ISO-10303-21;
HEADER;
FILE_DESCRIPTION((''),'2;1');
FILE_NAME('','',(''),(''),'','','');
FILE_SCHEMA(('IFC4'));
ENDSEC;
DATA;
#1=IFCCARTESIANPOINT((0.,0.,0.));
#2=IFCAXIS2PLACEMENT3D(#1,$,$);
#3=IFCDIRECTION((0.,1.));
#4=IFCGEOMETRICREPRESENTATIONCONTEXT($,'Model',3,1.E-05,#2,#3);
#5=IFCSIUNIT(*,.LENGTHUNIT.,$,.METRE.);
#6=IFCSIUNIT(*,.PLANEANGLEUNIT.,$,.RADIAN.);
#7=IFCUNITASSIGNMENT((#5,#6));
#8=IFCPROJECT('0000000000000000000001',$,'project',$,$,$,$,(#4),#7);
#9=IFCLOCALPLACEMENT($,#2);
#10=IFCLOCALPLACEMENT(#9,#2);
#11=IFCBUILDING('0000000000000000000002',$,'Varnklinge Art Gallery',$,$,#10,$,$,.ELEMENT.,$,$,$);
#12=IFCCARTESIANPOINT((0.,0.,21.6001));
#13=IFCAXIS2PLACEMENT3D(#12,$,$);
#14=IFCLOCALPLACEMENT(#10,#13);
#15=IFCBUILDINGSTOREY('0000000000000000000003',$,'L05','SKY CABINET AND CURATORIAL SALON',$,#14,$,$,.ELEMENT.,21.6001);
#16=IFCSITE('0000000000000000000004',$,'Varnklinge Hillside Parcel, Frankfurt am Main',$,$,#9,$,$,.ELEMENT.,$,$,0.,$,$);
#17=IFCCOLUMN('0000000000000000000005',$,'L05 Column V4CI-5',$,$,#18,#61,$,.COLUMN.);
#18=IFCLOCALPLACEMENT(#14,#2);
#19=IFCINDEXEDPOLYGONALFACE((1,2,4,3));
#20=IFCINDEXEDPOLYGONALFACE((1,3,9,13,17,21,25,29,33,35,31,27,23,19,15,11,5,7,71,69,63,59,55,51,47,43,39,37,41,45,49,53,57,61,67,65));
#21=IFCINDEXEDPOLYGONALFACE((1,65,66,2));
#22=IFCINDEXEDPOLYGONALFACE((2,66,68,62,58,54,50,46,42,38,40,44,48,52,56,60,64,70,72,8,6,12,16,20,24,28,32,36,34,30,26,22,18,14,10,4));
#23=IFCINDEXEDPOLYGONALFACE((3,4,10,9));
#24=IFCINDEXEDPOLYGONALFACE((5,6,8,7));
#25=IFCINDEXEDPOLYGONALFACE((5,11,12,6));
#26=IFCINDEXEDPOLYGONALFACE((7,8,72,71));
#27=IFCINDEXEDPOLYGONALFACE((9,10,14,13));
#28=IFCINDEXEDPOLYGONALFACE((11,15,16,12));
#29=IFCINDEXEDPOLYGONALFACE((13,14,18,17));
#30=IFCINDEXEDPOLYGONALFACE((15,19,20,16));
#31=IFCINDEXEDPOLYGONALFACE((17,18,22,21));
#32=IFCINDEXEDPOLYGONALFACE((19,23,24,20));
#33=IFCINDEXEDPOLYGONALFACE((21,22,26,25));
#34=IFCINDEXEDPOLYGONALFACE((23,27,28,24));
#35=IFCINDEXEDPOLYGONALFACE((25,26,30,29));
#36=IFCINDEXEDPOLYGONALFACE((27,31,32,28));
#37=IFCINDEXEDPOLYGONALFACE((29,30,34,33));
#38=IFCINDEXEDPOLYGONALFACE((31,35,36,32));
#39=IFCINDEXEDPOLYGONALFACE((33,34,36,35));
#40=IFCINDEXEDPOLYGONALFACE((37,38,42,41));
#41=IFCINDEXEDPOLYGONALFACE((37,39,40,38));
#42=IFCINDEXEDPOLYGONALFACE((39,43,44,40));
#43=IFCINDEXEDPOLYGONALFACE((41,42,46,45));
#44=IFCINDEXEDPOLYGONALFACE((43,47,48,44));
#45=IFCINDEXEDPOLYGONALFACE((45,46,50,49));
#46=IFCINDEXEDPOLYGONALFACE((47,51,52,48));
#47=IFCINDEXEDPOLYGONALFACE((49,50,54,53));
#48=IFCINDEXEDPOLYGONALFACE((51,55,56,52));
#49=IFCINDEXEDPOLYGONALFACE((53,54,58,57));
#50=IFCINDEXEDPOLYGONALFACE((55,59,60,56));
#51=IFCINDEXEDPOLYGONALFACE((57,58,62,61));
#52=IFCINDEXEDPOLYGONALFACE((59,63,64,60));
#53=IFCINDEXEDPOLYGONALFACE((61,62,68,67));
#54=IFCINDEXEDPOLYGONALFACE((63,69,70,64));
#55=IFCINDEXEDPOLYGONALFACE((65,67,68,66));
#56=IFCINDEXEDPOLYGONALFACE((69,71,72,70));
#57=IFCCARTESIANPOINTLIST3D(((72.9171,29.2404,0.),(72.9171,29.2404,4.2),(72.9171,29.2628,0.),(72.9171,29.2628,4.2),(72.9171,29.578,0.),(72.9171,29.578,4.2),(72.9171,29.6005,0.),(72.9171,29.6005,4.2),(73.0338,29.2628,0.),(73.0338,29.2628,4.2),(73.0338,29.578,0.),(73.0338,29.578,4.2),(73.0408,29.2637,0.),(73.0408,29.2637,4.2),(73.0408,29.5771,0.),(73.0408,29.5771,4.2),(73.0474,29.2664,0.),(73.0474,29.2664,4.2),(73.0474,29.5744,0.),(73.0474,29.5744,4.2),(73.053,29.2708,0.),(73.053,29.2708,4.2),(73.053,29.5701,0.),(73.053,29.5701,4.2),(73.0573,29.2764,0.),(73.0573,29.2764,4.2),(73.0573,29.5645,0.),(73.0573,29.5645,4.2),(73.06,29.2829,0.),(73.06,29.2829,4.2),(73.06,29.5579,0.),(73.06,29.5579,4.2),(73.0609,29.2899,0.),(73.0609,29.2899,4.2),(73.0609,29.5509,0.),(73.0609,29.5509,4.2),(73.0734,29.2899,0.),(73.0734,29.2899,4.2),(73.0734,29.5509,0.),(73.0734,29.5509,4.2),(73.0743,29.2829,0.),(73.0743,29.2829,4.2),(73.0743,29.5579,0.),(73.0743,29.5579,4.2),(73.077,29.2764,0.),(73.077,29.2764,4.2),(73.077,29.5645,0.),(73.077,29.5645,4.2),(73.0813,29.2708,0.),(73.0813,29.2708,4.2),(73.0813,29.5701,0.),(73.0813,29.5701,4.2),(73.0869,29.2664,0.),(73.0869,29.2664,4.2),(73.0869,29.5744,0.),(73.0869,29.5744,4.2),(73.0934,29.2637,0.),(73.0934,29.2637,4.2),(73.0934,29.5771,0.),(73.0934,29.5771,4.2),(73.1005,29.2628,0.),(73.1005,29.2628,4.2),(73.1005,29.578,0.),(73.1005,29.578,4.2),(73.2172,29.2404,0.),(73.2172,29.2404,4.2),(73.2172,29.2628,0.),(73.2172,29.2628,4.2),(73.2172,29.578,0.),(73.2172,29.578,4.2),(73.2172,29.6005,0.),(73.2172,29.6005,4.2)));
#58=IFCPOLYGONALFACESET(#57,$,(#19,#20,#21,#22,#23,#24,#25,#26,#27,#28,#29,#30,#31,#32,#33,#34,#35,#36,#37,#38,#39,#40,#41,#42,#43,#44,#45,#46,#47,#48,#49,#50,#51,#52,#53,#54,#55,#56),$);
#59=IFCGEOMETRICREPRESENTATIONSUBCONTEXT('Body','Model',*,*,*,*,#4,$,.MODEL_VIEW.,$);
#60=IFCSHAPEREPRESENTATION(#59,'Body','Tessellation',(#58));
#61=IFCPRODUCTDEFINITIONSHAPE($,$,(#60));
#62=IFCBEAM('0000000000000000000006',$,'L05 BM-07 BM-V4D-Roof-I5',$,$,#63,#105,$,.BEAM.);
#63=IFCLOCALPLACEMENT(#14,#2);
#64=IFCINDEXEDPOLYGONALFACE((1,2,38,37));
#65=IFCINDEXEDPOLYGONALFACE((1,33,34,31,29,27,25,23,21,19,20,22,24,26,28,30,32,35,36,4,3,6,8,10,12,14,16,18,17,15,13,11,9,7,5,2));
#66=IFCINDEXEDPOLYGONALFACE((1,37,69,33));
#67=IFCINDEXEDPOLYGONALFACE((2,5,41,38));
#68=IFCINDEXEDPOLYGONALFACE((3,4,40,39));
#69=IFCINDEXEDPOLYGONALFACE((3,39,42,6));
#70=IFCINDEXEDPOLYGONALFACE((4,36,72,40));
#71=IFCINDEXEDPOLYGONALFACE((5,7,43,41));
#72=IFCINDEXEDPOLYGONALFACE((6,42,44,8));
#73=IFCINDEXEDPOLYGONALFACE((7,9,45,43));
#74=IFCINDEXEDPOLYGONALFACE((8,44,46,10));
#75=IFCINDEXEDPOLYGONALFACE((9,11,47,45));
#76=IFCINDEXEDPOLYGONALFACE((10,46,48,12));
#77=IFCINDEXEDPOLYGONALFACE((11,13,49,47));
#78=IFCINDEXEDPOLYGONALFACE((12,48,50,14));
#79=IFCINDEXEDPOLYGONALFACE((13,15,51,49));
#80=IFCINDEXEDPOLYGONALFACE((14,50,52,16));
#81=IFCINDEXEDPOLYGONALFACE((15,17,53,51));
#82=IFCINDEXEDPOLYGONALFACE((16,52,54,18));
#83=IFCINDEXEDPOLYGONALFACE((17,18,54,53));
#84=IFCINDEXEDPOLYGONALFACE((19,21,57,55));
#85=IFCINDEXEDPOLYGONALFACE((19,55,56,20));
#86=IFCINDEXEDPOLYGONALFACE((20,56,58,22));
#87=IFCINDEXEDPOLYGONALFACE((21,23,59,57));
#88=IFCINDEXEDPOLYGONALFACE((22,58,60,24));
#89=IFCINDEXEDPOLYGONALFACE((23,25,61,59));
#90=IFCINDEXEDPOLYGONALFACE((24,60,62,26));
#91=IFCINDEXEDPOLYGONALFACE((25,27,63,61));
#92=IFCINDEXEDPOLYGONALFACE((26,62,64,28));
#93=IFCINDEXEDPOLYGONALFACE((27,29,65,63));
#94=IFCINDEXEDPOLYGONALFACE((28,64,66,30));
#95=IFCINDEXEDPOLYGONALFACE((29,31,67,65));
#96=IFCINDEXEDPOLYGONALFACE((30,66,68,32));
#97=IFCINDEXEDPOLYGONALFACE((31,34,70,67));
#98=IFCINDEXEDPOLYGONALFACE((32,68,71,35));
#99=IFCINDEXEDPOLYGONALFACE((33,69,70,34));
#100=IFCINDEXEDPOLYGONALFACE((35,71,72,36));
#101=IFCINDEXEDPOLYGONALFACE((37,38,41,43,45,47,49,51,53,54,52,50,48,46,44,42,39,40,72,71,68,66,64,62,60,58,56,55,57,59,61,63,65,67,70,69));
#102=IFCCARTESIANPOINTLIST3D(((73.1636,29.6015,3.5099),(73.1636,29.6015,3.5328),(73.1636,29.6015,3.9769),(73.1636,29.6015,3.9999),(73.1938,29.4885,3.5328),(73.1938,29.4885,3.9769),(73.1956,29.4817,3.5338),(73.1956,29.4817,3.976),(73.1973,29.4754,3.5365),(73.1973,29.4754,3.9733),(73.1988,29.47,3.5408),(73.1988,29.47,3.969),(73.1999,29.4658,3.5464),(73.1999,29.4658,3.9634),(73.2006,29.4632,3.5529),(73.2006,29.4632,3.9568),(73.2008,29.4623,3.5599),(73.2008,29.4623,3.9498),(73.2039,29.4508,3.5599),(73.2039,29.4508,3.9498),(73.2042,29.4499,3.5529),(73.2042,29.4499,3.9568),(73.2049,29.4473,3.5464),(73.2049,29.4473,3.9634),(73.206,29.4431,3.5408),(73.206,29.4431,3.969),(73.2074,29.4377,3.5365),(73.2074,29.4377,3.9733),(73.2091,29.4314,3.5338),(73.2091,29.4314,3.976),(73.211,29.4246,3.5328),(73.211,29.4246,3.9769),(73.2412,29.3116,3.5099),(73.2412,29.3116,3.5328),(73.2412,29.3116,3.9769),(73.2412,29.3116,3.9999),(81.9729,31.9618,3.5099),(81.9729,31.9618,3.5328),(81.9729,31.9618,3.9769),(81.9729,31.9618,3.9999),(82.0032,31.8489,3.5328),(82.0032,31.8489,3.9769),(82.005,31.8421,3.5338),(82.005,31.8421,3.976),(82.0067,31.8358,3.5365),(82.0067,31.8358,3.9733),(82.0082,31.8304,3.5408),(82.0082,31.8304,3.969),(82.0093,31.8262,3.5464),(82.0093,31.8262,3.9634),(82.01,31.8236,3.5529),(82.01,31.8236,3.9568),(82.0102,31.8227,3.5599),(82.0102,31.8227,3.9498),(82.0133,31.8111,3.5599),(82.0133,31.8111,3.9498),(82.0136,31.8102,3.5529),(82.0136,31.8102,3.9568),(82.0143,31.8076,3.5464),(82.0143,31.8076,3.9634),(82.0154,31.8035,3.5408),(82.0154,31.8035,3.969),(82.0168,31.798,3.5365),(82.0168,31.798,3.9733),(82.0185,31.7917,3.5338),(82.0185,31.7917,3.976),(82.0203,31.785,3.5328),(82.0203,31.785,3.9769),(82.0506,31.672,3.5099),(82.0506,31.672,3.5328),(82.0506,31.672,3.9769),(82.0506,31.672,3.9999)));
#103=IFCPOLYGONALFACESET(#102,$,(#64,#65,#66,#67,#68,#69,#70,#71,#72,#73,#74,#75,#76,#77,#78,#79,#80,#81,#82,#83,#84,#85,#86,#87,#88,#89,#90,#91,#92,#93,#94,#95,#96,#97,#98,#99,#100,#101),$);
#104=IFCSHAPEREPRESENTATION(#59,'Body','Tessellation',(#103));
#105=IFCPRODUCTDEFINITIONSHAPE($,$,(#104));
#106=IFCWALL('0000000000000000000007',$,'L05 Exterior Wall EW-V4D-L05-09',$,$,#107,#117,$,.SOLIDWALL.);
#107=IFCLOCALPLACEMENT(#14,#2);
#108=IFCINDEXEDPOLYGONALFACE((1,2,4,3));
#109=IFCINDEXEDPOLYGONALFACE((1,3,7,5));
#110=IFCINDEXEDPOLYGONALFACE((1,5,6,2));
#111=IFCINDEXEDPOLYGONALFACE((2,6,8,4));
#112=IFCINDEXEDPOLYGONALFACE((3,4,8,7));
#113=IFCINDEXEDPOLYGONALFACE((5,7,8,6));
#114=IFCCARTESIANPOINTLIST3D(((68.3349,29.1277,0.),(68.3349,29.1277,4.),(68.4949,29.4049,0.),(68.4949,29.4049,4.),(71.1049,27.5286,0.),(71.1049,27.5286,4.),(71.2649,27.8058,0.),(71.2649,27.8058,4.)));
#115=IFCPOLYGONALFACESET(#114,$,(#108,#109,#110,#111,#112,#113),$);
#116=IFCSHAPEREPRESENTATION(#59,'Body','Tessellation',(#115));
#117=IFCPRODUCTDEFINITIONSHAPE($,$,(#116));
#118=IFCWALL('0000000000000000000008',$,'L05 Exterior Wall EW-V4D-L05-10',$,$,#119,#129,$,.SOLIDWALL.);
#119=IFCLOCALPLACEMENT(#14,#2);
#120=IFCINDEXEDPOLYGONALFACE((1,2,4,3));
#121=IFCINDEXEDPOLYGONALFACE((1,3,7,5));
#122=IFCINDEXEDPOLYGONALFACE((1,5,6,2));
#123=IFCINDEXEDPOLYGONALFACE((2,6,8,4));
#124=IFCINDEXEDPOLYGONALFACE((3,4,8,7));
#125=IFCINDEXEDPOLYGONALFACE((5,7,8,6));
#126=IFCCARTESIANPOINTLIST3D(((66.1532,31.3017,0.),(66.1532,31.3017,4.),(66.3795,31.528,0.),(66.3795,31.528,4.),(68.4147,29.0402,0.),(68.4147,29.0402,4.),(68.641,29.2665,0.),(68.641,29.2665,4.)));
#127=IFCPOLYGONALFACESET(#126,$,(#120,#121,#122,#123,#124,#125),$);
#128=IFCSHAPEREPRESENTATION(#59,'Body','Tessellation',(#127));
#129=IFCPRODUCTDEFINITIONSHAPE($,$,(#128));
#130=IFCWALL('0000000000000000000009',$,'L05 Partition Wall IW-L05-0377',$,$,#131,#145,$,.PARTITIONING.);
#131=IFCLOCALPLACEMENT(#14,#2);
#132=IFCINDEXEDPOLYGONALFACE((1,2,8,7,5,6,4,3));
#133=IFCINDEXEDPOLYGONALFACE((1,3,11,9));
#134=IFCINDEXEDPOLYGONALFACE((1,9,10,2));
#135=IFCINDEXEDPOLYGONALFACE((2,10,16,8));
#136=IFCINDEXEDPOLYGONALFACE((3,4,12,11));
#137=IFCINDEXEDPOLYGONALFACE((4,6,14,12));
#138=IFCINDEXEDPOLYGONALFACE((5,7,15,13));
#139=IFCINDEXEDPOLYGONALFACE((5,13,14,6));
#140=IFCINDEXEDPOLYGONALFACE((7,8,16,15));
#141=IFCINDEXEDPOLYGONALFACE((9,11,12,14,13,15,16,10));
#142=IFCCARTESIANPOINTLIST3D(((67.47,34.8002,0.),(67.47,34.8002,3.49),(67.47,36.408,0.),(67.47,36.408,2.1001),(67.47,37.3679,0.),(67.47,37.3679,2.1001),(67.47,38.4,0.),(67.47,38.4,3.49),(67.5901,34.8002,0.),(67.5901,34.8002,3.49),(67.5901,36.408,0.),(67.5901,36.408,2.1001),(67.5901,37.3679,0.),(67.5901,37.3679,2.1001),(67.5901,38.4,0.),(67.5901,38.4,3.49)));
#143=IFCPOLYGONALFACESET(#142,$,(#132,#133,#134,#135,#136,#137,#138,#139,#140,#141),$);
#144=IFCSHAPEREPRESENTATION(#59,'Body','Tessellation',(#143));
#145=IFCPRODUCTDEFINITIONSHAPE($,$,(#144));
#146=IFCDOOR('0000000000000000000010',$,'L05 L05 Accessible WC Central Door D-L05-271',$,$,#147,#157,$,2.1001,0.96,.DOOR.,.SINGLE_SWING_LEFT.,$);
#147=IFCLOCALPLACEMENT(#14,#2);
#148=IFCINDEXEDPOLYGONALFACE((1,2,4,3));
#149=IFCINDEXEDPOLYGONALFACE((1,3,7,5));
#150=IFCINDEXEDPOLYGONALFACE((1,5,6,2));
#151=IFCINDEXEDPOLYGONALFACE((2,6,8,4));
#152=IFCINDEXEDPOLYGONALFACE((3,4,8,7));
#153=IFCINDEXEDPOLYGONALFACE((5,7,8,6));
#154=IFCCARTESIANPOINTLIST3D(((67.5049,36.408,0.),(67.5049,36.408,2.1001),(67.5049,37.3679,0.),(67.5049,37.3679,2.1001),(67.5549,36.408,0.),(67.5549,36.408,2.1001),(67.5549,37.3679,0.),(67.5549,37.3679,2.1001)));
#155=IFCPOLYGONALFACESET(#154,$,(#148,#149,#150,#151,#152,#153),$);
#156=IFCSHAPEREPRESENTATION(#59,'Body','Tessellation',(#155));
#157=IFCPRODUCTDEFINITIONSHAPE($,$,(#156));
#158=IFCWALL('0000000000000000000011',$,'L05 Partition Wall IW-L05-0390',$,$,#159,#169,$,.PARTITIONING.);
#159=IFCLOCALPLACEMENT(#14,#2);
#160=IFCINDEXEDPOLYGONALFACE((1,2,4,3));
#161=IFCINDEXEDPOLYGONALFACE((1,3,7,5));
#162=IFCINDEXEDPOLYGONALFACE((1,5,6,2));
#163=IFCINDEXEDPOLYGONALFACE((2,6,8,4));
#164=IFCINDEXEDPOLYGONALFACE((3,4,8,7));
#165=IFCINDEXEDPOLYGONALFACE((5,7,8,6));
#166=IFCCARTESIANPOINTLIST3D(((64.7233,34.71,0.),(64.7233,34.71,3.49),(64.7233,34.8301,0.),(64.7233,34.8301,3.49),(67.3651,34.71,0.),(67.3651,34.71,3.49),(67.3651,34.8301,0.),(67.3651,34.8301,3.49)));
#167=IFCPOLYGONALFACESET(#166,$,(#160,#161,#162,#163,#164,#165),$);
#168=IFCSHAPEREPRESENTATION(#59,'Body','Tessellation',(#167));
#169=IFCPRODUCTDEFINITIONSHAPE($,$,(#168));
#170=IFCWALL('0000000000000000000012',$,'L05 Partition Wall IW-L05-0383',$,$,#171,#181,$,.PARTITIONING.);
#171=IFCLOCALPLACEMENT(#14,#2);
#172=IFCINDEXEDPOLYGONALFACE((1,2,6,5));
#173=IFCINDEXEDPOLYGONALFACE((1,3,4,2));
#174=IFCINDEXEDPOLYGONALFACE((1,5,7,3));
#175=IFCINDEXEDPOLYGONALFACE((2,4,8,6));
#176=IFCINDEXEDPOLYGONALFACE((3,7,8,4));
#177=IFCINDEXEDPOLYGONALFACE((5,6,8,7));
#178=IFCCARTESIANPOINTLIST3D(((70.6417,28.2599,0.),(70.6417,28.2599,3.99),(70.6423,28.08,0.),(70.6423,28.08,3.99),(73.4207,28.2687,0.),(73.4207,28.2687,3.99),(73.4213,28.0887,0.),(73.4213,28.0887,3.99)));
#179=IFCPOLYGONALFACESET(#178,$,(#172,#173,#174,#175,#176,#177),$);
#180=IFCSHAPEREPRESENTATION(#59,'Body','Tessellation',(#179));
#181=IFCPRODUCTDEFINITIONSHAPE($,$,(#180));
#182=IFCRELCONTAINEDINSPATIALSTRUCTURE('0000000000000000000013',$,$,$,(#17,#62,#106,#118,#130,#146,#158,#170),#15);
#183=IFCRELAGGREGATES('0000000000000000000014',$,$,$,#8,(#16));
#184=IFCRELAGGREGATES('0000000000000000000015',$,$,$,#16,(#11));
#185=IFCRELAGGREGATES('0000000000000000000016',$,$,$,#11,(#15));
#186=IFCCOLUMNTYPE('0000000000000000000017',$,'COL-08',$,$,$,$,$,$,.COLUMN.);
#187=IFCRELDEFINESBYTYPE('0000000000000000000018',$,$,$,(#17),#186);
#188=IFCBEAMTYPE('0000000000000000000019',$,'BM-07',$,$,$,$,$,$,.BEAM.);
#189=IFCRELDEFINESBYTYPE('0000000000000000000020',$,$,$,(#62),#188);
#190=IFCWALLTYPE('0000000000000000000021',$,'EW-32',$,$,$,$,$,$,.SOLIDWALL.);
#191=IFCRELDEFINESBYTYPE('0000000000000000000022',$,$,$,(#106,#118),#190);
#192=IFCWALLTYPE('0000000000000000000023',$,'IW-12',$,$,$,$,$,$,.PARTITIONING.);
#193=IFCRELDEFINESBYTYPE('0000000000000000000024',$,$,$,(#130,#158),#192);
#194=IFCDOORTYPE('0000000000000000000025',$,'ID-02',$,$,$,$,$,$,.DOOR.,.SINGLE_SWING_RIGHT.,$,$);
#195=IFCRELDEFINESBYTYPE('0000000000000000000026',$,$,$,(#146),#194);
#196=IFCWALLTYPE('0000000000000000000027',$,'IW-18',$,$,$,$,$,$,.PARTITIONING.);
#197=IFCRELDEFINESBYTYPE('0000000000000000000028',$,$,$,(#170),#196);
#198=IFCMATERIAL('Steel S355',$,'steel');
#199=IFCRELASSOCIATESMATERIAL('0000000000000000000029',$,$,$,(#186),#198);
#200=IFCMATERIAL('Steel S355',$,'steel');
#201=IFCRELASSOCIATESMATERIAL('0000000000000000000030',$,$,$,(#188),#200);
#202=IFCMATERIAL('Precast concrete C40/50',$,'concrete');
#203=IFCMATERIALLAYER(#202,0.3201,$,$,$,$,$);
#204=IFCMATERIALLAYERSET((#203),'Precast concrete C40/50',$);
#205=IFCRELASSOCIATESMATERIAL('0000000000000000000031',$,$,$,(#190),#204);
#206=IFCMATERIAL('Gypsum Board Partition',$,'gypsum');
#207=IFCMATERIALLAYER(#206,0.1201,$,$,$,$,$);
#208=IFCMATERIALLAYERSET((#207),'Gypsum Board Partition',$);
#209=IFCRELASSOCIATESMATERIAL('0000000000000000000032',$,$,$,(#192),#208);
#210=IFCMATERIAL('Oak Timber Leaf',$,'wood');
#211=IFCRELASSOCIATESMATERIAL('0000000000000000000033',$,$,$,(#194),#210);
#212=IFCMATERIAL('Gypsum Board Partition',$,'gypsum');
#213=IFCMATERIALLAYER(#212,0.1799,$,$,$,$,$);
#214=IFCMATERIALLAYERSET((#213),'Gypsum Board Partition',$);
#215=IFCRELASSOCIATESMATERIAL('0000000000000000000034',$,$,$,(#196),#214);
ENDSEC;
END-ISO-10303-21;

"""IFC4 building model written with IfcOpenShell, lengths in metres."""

from ifc_helpers import new_model, si_unit, direction, frame, frame_2d, origin, origin_2d, place, context, subcontext, project, spatial, rectangle, i_section, extrude, material, layer, layer_set, material_profile, profile_set, type_object, element, fill, save


model = new_model("IFC4")

# Units and contexts
model_context = context("Model", 3, precision=1e-05, world=origin(), true_north=direction((0.0, 1.0)))
body_context = subcontext(model_context, "Body", "Model", "MODEL_VIEW")
ifc_project = project(units=[si_unit("LENGTHUNIT", "METRE"), si_unit("PLANEANGLEUNIT", "RADIAN")], contexts=[model_context])

# Site, building, storey
site_placement = place(None, origin())
site = spatial("IfcSite", under=ifc_project, at=site_placement, Name="Varnklinge Hillside Parcel, Frankfurt am Main", CompositionType="ELEMENT", RefElevation=0.0)
building_placement = place(site_placement, origin())
building = spatial("IfcBuilding", under=site, at=building_placement, Name="Varnklinge Art Gallery", CompositionType="ELEMENT")
storey_placement = place(building_placement, frame((0.0, 0.0, 21.6001)))
storey = spatial("IfcBuildingStorey", under=building, at=storey_placement, Name="L05", Description="SKY CABINET AND CURATORIAL SALON", CompositionType="ELEMENT", Elevation=21.6001)

# Column
ifc_material_1 = material(Name="Steel S355", Category="steel")
ifc_material_profile_1 = material_profile(ifc_material_1, i_section(OverallWidth=0.3, OverallDepth=0.3601, WebThickness=0.0125, FlangeThickness=0.0225, FilletRadius=0.0271, at=origin_2d()), Name="HEB 360")
ifc_profile_set_1 = profile_set([ifc_material_profile_1], Name="Steel S355")
column_type = type_object("IfcColumnType", Name="COL-08", PredefinedType="COLUMN", material=ifc_profile_set_1)
column_placement = place(storey_placement, frame((73.0671, 29.4204, 0.0), z_axis=(0.0, 0.0, 1.0), x_axis=(1.0, 0.0, 0.0)))
element("IfcColumn", 1, at=column_placement, inside=storey, type_object=column_type, Name="L05 Column V4CI-5", PredefinedType="COLUMN", context=body_context, shape_type="SweptSolid", body=[
    extrude(i_section(OverallWidth=0.3, OverallDepth=0.3601, WebThickness=0.0125, FlangeThickness=0.0225, FilletRadius=0.0271, at=origin_2d()), origin(), (0.0, 0.0, 1.0), 4.2),
])

# Beam
ifc_material_2 = material(Name="Steel S355", Category="steel")
ifc_material_profile_2 = material_profile(ifc_material_2, i_section(OverallWidth=0.3, OverallDepth=0.49, WebThickness=0.012, FlangeThickness=0.0229, FilletRadius=0.0271, at=origin_2d()), Name="HEA 500")
ifc_profile_set_2 = profile_set([ifc_material_profile_2], Name="Steel S355")
beam_type = type_object("IfcBeamType", Name="BM-07", PredefinedType="BEAM", material=ifc_profile_set_2)
beam_placement = place(storey_placement, frame((73.2024, 29.4565, 3.7549), z_axis=(0.965929, 0.258809, 0.0), x_axis=(-0.258809, 0.965929, 0.0)))
element("IfcBeam", 2, at=beam_placement, inside=storey, type_object=beam_type, Name="L05 BM-07 BM-V4D-Roof-I5", PredefinedType="BEAM", context=body_context, shape_type="SweptSolid", body=[
    extrude(i_section(OverallWidth=0.3, OverallDepth=0.49, WebThickness=0.012, FlangeThickness=0.0229, FilletRadius=0.0271, at=origin_2d()), origin(), (0.0, 0.0, 1.0), 9.1201),
])

# Walls
ifc_material_3 = material(Name="Precast concrete C40/50", Category="concrete")
ifc_layer_1 = layer(ifc_material_3, 0.3201)
ifc_layer_set_1 = layer_set([ifc_layer_1], Name="Precast concrete C40/50")
wall_type_1 = type_object("IfcWallType", Name="EW-32", PredefinedType="SOLIDWALL", material=ifc_layer_set_1)
wall_1_placement = place(storey_placement, frame((71.1848, 27.6672, 0.0), z_axis=(0.0, 0.0, 1.0), x_axis=(-0.866046, 0.499965, 0.0)))
element("IfcWall", 3, at=wall_1_placement, inside=storey, type_object=wall_type_1, Name="L05 Exterior Wall EW-V4D-L05-09", PredefinedType="SOLIDWALL", context=body_context, shape_type="SweptSolid", body=[
    extrude(rectangle(XDim=3.1985, YDim=0.3201, at=frame_2d((1.5991, 0.0))), origin(), (0.0, 0.0, 1.0), 4.0),
])
wall_2_placement = place(storey_placement, frame((68.5278, 29.1533, 0.0), z_axis=(0.0, 0.0, 1.0), x_axis=(-0.707107, 0.707107, 0.0)))
element("IfcWall", 4, at=wall_2_placement, inside=storey, type_object=wall_type_1, Name="L05 Exterior Wall EW-V4D-L05-10", PredefinedType="SOLIDWALL", context=body_context, shape_type="SweptSolid", body=[
    extrude(rectangle(XDim=3.1982, YDim=0.3201, at=frame_2d((1.5991, 0.0))), origin(), (0.0, 0.0, 1.0), 4.0),
])

# Wall, opening, door
ifc_material_4 = material(Name="Gypsum Board Partition", Category="gypsum")
ifc_layer_2 = layer(ifc_material_4, 0.1201)
ifc_layer_set_2 = layer_set([ifc_layer_2], Name="Gypsum Board Partition")
wall_type_2 = type_object("IfcWallType", Name="IW-12", PredefinedType="PARTITIONING", material=ifc_layer_set_2)
wall_3_placement = place(storey_placement, frame((67.53, 38.3999, 0.0), z_axis=(0.0, 0.0, 1.0), x_axis=(0.0, -1.0, 0.0)))
wall_3 = element("IfcWall", 5, at=wall_3_placement, inside=storey, type_object=wall_type_2, Name="L05 Partition Wall IW-L05-0377", PredefinedType="PARTITIONING", context=body_context, shape_type="SweptSolid", body=[
    extrude(rectangle(XDim=3.5999, YDim=0.1201, at=frame_2d((1.7998, 0.0))), origin(), (0.0, 0.0, 1.0), 3.49),
])
opening_1_placement = place(wall_3_placement, frame((1.032, 0.0, 0.0)))
opening_1 = element("IfcOpeningElement", 6, at=opening_1_placement, cuts=wall_3, PredefinedType="OPENING", context=body_context, shape_type="SweptSolid", body=[
    extrude(rectangle(XDim=0.96, YDim=2.1001, at=frame_2d((0.48, 1.05))), frame((0.0, 0.0701, 0.0), z_axis=(0.0, -1.0, 0.0), x_axis=(1.0, 0.0, 0.0)), (0.0, 0.0, 1.0), 0.1401),
])
ifc_material_5 = material(Name="Oak Timber Leaf", Category="wood")
door_type_1 = type_object("IfcDoorType", Name="ID-02", OperationType="SINGLE_SWING_RIGHT", PredefinedType="DOOR", material=ifc_material_5)
door_1_placement = place(opening_1_placement, origin())
door_1 = element("IfcDoor", 7, at=door_1_placement, inside=storey, type_object=door_type_1, Name="L05 L05 Accessible WC Central Door D-L05-271", OperationType="SINGLE_SWING_LEFT", OverallHeight=2.1001, OverallWidth=0.96, PredefinedType="DOOR", context=body_context, shape_type="SweptSolid", body=[
    extrude(rectangle(XDim=0.96, YDim=2.1001, at=frame_2d((0.48, 1.05))), frame((0.0, 0.0249, 0.0), z_axis=(0.0, -1.0, 0.0), x_axis=(1.0, 0.0, 0.0)), (0.0, 0.0, 1.0), 0.05),
])
fill(opening_1, door_1)

# Walls
wall_4_placement = place(storey_placement, frame((67.365, 34.77, 0.0), z_axis=(0.0, 0.0, 1.0), x_axis=(-1.0, 0.0, 0.0)))
element("IfcWall", 8, at=wall_4_placement, inside=storey, type_object=wall_type_2, Name="L05 Partition Wall IW-L05-0390", PredefinedType="PARTITIONING", context=body_context, shape_type="SweptSolid", body=[
    extrude(rectangle(XDim=2.6418, YDim=0.1201, at=frame_2d((1.3208, 0.0))), origin(), (0.0, 0.0, 1.0), 3.49),
])
ifc_material_6 = material(Name="Gypsum Board Partition", Category="gypsum")
ifc_layer_3 = layer(ifc_material_6, 0.1799)
ifc_layer_set_3 = layer_set([ifc_layer_3], Name="Gypsum Board Partition")
wall_type_3 = type_object("IfcWallType", Name="IW-18", PredefinedType="PARTITIONING", material=ifc_layer_set_3)
wall_5_placement = place(storey_placement, frame((73.4211, 28.1787, 0.0), z_axis=(0.0, 0.0, 1.0), x_axis=(-0.999995, -0.003163, 0.0)))
element("IfcWall", 9, at=wall_5_placement, inside=storey, type_object=wall_type_3, Name="L05 Partition Wall IW-L05-0383", PredefinedType="PARTITIONING", context=body_context, shape_type="SweptSolid", body=[
    extrude(rectangle(XDim=2.7791, YDim=0.1799, at=frame_2d((1.3896, 0.0))), origin(), (0.0, 0.0, 1.0), 3.99),
])

save(model, "model.ifc")
